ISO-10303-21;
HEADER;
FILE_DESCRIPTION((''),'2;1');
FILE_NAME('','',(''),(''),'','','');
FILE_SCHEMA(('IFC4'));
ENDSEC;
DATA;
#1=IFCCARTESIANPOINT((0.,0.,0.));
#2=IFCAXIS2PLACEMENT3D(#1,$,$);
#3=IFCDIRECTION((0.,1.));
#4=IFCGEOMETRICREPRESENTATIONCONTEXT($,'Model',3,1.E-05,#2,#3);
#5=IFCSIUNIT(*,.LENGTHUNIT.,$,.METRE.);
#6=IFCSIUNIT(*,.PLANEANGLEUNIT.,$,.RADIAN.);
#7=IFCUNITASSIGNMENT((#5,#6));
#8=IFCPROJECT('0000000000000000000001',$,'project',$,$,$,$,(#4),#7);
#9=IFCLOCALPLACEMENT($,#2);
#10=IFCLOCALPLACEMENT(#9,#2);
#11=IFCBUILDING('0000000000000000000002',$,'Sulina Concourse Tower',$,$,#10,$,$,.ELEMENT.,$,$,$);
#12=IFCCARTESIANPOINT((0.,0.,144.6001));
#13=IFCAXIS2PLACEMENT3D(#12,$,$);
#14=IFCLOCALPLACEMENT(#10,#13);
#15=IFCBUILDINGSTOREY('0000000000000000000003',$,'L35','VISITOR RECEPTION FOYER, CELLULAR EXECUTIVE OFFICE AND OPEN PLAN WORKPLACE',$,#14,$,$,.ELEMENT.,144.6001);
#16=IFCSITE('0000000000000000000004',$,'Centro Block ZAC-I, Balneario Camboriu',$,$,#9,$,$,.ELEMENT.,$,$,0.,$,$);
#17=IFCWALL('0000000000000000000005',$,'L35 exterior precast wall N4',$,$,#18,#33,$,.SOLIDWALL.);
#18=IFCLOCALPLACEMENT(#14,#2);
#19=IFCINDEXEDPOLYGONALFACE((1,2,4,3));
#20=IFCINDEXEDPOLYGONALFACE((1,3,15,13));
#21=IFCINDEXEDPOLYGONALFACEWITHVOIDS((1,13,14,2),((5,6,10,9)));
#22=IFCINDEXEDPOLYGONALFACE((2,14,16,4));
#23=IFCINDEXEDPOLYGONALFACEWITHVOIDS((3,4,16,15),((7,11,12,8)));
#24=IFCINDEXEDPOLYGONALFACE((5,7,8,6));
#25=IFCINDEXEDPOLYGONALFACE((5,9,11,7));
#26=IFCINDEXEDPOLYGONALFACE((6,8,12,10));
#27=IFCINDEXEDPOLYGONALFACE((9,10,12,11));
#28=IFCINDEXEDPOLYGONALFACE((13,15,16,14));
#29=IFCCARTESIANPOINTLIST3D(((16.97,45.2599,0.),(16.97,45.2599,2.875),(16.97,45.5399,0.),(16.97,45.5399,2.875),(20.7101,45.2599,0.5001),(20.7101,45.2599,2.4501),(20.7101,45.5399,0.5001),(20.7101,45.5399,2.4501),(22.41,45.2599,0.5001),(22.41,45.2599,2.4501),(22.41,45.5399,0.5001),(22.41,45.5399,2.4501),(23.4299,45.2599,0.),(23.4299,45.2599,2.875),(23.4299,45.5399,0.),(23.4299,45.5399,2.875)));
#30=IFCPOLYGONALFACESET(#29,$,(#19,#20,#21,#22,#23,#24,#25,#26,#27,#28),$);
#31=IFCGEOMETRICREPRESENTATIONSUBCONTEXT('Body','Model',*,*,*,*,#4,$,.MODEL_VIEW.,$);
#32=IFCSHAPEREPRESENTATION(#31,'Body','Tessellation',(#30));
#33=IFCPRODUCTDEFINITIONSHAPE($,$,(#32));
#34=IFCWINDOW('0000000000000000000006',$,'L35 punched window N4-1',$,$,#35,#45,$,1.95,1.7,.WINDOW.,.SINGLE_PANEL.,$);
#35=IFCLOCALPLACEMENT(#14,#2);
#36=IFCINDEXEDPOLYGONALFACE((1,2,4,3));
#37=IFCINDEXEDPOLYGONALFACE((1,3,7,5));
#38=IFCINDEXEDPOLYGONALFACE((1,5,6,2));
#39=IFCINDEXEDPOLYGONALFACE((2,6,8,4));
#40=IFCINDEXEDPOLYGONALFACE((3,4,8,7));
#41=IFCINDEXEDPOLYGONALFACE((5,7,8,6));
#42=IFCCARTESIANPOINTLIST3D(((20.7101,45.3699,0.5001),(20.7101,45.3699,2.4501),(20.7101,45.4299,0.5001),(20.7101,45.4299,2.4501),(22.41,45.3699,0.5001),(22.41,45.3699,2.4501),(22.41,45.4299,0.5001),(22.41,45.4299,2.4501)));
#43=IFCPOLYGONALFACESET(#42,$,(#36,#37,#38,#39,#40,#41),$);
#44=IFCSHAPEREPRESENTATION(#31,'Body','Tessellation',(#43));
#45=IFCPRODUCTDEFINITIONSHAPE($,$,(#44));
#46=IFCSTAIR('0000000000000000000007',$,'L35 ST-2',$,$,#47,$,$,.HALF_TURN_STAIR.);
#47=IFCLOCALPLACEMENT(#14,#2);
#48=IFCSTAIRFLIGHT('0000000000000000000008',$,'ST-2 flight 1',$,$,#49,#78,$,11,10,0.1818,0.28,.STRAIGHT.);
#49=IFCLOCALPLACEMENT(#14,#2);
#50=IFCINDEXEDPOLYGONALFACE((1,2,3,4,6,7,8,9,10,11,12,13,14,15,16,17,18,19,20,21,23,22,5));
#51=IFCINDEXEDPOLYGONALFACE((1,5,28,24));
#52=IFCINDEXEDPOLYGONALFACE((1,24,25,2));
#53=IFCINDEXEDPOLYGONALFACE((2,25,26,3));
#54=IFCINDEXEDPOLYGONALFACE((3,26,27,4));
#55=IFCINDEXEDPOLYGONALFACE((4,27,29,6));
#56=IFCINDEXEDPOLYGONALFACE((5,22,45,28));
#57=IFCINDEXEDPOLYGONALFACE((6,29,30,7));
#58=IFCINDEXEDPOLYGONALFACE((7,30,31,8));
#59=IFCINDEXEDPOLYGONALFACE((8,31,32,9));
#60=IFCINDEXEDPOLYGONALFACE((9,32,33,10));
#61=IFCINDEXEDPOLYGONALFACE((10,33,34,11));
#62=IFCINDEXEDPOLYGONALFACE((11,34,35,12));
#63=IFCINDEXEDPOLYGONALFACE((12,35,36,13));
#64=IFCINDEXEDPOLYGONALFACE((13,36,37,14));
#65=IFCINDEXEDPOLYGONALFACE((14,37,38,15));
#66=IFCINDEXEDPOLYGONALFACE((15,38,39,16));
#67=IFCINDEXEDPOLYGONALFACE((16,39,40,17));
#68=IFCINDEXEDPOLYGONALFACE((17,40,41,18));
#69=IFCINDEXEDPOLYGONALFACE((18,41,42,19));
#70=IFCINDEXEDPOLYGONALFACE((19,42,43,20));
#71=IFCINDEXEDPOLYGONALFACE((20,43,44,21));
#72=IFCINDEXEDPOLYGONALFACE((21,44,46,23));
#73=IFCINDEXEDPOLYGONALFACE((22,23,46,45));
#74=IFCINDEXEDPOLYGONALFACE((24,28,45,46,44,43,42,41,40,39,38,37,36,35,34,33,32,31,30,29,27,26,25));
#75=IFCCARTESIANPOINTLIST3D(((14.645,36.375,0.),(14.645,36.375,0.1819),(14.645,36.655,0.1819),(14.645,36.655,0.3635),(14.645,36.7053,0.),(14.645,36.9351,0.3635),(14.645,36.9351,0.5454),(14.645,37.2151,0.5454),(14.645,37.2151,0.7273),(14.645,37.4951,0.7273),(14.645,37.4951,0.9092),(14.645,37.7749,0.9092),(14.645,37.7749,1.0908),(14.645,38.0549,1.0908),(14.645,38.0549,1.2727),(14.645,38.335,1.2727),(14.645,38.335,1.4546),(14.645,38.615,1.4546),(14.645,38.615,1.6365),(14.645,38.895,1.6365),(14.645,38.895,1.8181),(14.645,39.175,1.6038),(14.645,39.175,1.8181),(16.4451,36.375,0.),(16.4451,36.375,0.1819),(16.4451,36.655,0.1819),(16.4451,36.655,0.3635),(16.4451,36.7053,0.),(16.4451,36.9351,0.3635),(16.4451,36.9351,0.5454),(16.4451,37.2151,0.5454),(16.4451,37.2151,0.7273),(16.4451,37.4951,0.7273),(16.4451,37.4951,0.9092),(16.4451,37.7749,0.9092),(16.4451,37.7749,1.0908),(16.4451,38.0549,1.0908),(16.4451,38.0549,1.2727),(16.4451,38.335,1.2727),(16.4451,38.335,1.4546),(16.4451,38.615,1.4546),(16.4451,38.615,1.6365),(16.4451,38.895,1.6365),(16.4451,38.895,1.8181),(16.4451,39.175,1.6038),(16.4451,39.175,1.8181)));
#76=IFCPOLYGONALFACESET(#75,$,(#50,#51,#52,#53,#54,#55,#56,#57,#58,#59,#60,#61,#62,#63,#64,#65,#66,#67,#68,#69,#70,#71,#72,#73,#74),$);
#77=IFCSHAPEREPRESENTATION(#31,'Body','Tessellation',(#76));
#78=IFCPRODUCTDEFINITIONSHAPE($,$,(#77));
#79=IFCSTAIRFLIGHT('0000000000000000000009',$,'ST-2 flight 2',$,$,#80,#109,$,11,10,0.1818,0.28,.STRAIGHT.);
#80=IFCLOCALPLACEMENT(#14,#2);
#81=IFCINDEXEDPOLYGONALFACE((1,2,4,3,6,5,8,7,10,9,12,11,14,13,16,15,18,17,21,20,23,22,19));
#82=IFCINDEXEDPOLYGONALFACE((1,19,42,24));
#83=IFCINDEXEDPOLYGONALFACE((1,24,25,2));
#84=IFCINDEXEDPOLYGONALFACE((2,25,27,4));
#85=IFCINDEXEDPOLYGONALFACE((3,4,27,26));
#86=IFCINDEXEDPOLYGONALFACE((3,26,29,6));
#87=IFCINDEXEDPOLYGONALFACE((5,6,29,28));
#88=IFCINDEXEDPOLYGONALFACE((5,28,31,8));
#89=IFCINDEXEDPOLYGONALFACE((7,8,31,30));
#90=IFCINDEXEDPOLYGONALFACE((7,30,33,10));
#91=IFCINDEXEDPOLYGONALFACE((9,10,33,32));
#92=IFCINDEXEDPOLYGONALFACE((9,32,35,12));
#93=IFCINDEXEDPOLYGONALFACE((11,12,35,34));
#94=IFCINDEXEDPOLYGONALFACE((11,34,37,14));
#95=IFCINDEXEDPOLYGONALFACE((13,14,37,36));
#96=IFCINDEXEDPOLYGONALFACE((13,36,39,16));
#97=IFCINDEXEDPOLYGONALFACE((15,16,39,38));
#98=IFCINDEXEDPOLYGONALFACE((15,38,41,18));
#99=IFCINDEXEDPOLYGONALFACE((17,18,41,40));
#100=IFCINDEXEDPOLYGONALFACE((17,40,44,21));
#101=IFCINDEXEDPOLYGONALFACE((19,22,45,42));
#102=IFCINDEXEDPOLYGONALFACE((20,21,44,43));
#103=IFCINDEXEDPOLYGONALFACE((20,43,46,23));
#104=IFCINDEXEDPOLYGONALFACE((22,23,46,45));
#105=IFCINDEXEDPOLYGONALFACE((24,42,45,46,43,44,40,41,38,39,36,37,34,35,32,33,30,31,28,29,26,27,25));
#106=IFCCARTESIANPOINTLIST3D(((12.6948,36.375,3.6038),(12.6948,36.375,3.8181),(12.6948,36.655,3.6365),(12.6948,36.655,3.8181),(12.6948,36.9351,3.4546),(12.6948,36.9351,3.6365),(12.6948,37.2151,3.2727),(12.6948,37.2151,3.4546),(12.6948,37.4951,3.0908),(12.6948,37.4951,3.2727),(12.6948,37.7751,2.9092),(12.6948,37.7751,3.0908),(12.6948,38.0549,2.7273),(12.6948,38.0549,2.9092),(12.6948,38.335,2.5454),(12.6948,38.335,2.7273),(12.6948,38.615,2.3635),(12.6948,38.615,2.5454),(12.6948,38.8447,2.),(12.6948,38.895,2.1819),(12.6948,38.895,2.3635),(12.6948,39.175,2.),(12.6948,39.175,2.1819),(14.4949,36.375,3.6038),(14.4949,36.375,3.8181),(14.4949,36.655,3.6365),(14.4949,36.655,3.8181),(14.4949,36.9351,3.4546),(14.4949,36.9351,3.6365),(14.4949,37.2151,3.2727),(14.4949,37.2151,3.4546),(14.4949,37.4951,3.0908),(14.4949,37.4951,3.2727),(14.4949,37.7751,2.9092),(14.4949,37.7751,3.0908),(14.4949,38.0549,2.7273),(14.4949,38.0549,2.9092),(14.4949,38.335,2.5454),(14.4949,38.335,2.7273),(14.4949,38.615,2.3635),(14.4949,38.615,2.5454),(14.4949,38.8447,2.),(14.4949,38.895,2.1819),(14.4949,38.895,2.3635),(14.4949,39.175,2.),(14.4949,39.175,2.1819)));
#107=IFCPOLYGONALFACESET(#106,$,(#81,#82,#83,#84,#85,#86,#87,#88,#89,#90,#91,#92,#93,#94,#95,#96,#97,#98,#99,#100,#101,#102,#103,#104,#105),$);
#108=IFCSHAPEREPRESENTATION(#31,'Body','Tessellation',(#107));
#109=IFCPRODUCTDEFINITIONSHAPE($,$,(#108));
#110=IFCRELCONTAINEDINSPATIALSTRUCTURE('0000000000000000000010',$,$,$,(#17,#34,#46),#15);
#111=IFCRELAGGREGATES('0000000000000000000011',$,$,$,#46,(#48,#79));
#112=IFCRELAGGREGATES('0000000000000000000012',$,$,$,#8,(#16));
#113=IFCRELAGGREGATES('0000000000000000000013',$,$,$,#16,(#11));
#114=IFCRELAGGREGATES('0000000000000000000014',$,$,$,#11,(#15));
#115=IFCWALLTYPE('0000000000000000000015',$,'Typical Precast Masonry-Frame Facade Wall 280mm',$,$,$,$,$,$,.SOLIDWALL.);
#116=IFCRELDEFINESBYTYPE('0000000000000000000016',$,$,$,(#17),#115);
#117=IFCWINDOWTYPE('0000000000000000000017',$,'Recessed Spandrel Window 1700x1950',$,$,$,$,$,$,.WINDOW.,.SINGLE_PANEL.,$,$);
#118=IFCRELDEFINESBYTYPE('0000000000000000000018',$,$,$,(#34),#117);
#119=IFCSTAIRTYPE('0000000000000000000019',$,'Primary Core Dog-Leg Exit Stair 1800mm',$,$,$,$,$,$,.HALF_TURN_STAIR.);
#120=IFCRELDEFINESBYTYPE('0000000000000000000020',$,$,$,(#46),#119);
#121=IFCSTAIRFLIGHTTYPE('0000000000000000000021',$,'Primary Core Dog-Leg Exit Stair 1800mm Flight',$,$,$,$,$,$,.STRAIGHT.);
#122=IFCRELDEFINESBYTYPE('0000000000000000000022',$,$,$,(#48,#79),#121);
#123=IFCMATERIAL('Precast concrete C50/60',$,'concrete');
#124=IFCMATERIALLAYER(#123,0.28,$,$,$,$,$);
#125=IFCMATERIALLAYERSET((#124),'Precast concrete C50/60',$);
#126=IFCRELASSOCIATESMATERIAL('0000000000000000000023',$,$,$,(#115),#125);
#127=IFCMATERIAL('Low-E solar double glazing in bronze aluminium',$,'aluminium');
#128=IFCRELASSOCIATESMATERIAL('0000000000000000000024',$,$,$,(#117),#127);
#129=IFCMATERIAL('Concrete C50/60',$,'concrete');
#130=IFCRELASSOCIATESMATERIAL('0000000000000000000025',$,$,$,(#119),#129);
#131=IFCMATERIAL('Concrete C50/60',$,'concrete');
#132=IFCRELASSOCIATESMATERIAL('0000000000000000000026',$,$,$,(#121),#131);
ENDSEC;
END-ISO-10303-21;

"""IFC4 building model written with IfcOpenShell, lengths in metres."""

from ifc_helpers import new_model, si_unit, direction, frame, frame_2d, origin, place, context, subcontext, project, spatial, polyline, rectangle, outline, extrude, material, layer, layer_set, type_object, element, fill, aggregate, save


model = new_model("IFC4")

# Units and contexts
model_context = context("Model", 3, precision=1e-05, world=origin(), true_north=direction((0.0, 1.0)))
body_context = subcontext(model_context, "Body", "Model", "MODEL_VIEW")
ifc_project = project(units=[si_unit("LENGTHUNIT", "METRE"), si_unit("PLANEANGLEUNIT", "RADIAN")], contexts=[model_context])

# Site, building, storey
site_placement = place(None, origin())
site = spatial("IfcSite", under=ifc_project, at=site_placement, Name="Centro Block ZAC-I, Balneario Camboriu", CompositionType="ELEMENT", RefElevation=0.0)
building_placement = place(site_placement, origin())
building = spatial("IfcBuilding", under=site, at=building_placement, Name="Sulina Concourse Tower", CompositionType="ELEMENT")
storey_placement = place(building_placement, frame((0.0, 0.0, 144.6001)))
storey = spatial("IfcBuildingStorey", under=building, at=storey_placement, Name="L35", Description="VISITOR RECEPTION FOYER, CELLULAR EXECUTIVE OFFICE AND OPEN PLAN WORKPLACE", CompositionType="ELEMENT", Elevation=144.6001)

# Shared definitions
ifc_material_1 = material(Name="Precast concrete C50/60", Category="concrete")
ifc_layer_1 = layer(ifc_material_1, 0.28)
ifc_layer_set_1 = layer_set([ifc_layer_1], Name="Precast concrete C50/60")
wall_type_1 = type_object("IfcWallType", Name="Typical Precast Masonry-Frame Facade Wall 280mm", PredefinedType="SOLIDWALL", material=ifc_layer_set_1)

# Wall, opening, window
wall_1_placement = place(storey_placement, frame((16.97, 45.3999, 0.0), z_axis=(0.0, 0.0, 1.0), x_axis=(1.0, 0.0, 0.0)))
wall_1 = element("IfcWall", 1, at=wall_1_placement, inside=storey, type_object=wall_type_1, Name="L35 exterior precast wall N4", PredefinedType="SOLIDWALL", context=body_context, shape_type="SweptSolid", body=[
    extrude(rectangle(XDim=6.46, YDim=0.28, at=frame_2d((3.23, 0.0))), origin(), (0.0, 0.0, 1.0), 2.875),
])
opening_1_placement = place(wall_1_placement, frame((3.74, 0.0, 0.5)))
opening_1 = element("IfcOpeningElement", 2, at=opening_1_placement, cuts=wall_1, PredefinedType="OPENING", context=body_context, shape_type="SweptSolid", body=[
    extrude(rectangle(XDim=1.7, YDim=1.95, at=frame_2d((0.8501, 0.9751))), frame((0.0, 0.1499, 0.0), z_axis=(0.0, -1.0, 0.0), x_axis=(1.0, 0.0, 0.0)), (0.0, 0.0, 1.0), 0.3),
])
ifc_material_2 = material(Name="Low-E solar double glazing in bronze aluminium", Category="aluminium")
window_type = type_object("IfcWindowType", Name="Recessed Spandrel Window 1700x1950", PartitioningType="SINGLE_PANEL", PredefinedType="WINDOW", material=ifc_material_2)
window_placement = place(opening_1_placement, origin())
window = element("IfcWindow", 3, at=window_placement, inside=storey, type_object=window_type, Name="L35 punched window N4-1", OverallHeight=1.95, OverallWidth=1.7, PartitioningType="SINGLE_PANEL", PredefinedType="WINDOW", context=body_context, shape_type="SweptSolid", body=[
    extrude(rectangle(XDim=1.7, YDim=1.95, at=frame_2d((0.8501, 0.9751))), frame((0.0, 0.03, 0.0), z_axis=(0.0, -1.0, 0.0), x_axis=(1.0, 0.0, 0.0)), (0.0, 0.0, 1.0), 0.0601),
])
fill(opening_1, window)

# Stair, stair flights
ifc_material_3 = material(Name="Concrete C50/60", Category="concrete")
stair_type = type_object("IfcStairType", Name="Primary Core Dog-Leg Exit Stair 1800mm", PredefinedType="HALF_TURN_STAIR", material=ifc_material_3)
stair_placement = place(storey_placement, origin())
stair = element("IfcStair", 4, at=stair_placement, inside=storey, type_object=stair_type, Name="L35 ST-2", PredefinedType="HALF_TURN_STAIR")
ifc_material_4 = material(Name="Concrete C50/60", Category="concrete")
stair_flight_type = type_object("IfcStairFlightType", Name="Primary Core Dog-Leg Exit Stair 1800mm Flight", PredefinedType="STRAIGHT", material=ifc_material_4)
stair_flight_1_placement = place(storey_placement, frame((15.5449, 36.375, 0.0), z_axis=(0.0, 0.0, 1.0), x_axis=(0.0, 1.0, 0.0)))
stair_flight_1 = element("IfcStairFlight", 5, at=stair_flight_1_placement, type_object=stair_flight_type, Name="ST-2 flight 1", NumberOfRisers=11, NumberOfTreads=10, PredefinedType="STRAIGHT", RiserHeight=0.1818, TreadLength=0.28, context=body_context, shape_type="SweptSolid", body=[
    extrude(outline(polyline([(0.0, 0.0), (0.0, 0.1819), (0.28, 0.1819), (0.28, 0.3635), (0.5601, 0.3635), (0.5601, 0.5454), (0.8401, 0.5454), (0.8401, 0.7273), (1.1201, 0.7273), (1.1201, 0.9092), (1.3999, 0.9092), (1.3999, 1.0908), (1.6799, 1.0908), (1.6799, 1.2727), (1.96, 1.2727), (1.96, 1.4546), (2.24, 1.4546), (2.24, 1.6365), (2.52, 1.6365), (2.52, 1.8181), (2.8, 1.8181), (2.8, 2.0), (2.8, 1.6038), (0.3303, 0.0), (0.0, 0.0)])), frame((0.0, 0.8999, 0.0), z_axis=(0.0, -1.0, 0.0), x_axis=(1.0, 0.0, 0.0)), (0.0, 0.0, 1.0), 1.8),
])
stair_flight_2_placement = place(storey_placement, frame((13.595, 39.175, 2.0), z_axis=(0.0, 0.0, 1.0), x_axis=(0.0, -1.0, 0.0)))
stair_flight_2 = element("IfcStairFlight", 6, at=stair_flight_2_placement, type_object=stair_flight_type, Name="ST-2 flight 2", NumberOfRisers=11, NumberOfTreads=10, PredefinedType="STRAIGHT", RiserHeight=0.1818, TreadLength=0.28, context=body_context, shape_type="SweptSolid", body=[
    extrude(outline(polyline([(0.0, 0.0), (0.0, 0.1819), (0.28, 0.1819), (0.28, 0.3635), (0.5601, 0.3635), (0.5601, 0.5454), (0.8401, 0.5454), (0.8401, 0.7273), (1.1201, 0.7273), (1.1201, 0.9092), (1.3999, 0.9092), (1.3999, 1.0908), (1.6799, 1.0908), (1.6799, 1.2727), (1.96, 1.2727), (1.96, 1.4546), (2.24, 1.4546), (2.24, 1.6365), (2.52, 1.6365), (2.52, 1.8181), (2.8, 1.8181), (2.8, 2.0), (2.8, 1.6038), (0.3303, 0.0), (0.0, 0.0)])), frame((0.0, 0.8999, 0.0), z_axis=(0.0, -1.0, 0.0), x_axis=(1.0, 0.0, 0.0)), (0.0, 0.0, 1.0), 1.8),
])
aggregate(stair, [stair_flight_1, stair_flight_2])

save(model, "model.ifc")
